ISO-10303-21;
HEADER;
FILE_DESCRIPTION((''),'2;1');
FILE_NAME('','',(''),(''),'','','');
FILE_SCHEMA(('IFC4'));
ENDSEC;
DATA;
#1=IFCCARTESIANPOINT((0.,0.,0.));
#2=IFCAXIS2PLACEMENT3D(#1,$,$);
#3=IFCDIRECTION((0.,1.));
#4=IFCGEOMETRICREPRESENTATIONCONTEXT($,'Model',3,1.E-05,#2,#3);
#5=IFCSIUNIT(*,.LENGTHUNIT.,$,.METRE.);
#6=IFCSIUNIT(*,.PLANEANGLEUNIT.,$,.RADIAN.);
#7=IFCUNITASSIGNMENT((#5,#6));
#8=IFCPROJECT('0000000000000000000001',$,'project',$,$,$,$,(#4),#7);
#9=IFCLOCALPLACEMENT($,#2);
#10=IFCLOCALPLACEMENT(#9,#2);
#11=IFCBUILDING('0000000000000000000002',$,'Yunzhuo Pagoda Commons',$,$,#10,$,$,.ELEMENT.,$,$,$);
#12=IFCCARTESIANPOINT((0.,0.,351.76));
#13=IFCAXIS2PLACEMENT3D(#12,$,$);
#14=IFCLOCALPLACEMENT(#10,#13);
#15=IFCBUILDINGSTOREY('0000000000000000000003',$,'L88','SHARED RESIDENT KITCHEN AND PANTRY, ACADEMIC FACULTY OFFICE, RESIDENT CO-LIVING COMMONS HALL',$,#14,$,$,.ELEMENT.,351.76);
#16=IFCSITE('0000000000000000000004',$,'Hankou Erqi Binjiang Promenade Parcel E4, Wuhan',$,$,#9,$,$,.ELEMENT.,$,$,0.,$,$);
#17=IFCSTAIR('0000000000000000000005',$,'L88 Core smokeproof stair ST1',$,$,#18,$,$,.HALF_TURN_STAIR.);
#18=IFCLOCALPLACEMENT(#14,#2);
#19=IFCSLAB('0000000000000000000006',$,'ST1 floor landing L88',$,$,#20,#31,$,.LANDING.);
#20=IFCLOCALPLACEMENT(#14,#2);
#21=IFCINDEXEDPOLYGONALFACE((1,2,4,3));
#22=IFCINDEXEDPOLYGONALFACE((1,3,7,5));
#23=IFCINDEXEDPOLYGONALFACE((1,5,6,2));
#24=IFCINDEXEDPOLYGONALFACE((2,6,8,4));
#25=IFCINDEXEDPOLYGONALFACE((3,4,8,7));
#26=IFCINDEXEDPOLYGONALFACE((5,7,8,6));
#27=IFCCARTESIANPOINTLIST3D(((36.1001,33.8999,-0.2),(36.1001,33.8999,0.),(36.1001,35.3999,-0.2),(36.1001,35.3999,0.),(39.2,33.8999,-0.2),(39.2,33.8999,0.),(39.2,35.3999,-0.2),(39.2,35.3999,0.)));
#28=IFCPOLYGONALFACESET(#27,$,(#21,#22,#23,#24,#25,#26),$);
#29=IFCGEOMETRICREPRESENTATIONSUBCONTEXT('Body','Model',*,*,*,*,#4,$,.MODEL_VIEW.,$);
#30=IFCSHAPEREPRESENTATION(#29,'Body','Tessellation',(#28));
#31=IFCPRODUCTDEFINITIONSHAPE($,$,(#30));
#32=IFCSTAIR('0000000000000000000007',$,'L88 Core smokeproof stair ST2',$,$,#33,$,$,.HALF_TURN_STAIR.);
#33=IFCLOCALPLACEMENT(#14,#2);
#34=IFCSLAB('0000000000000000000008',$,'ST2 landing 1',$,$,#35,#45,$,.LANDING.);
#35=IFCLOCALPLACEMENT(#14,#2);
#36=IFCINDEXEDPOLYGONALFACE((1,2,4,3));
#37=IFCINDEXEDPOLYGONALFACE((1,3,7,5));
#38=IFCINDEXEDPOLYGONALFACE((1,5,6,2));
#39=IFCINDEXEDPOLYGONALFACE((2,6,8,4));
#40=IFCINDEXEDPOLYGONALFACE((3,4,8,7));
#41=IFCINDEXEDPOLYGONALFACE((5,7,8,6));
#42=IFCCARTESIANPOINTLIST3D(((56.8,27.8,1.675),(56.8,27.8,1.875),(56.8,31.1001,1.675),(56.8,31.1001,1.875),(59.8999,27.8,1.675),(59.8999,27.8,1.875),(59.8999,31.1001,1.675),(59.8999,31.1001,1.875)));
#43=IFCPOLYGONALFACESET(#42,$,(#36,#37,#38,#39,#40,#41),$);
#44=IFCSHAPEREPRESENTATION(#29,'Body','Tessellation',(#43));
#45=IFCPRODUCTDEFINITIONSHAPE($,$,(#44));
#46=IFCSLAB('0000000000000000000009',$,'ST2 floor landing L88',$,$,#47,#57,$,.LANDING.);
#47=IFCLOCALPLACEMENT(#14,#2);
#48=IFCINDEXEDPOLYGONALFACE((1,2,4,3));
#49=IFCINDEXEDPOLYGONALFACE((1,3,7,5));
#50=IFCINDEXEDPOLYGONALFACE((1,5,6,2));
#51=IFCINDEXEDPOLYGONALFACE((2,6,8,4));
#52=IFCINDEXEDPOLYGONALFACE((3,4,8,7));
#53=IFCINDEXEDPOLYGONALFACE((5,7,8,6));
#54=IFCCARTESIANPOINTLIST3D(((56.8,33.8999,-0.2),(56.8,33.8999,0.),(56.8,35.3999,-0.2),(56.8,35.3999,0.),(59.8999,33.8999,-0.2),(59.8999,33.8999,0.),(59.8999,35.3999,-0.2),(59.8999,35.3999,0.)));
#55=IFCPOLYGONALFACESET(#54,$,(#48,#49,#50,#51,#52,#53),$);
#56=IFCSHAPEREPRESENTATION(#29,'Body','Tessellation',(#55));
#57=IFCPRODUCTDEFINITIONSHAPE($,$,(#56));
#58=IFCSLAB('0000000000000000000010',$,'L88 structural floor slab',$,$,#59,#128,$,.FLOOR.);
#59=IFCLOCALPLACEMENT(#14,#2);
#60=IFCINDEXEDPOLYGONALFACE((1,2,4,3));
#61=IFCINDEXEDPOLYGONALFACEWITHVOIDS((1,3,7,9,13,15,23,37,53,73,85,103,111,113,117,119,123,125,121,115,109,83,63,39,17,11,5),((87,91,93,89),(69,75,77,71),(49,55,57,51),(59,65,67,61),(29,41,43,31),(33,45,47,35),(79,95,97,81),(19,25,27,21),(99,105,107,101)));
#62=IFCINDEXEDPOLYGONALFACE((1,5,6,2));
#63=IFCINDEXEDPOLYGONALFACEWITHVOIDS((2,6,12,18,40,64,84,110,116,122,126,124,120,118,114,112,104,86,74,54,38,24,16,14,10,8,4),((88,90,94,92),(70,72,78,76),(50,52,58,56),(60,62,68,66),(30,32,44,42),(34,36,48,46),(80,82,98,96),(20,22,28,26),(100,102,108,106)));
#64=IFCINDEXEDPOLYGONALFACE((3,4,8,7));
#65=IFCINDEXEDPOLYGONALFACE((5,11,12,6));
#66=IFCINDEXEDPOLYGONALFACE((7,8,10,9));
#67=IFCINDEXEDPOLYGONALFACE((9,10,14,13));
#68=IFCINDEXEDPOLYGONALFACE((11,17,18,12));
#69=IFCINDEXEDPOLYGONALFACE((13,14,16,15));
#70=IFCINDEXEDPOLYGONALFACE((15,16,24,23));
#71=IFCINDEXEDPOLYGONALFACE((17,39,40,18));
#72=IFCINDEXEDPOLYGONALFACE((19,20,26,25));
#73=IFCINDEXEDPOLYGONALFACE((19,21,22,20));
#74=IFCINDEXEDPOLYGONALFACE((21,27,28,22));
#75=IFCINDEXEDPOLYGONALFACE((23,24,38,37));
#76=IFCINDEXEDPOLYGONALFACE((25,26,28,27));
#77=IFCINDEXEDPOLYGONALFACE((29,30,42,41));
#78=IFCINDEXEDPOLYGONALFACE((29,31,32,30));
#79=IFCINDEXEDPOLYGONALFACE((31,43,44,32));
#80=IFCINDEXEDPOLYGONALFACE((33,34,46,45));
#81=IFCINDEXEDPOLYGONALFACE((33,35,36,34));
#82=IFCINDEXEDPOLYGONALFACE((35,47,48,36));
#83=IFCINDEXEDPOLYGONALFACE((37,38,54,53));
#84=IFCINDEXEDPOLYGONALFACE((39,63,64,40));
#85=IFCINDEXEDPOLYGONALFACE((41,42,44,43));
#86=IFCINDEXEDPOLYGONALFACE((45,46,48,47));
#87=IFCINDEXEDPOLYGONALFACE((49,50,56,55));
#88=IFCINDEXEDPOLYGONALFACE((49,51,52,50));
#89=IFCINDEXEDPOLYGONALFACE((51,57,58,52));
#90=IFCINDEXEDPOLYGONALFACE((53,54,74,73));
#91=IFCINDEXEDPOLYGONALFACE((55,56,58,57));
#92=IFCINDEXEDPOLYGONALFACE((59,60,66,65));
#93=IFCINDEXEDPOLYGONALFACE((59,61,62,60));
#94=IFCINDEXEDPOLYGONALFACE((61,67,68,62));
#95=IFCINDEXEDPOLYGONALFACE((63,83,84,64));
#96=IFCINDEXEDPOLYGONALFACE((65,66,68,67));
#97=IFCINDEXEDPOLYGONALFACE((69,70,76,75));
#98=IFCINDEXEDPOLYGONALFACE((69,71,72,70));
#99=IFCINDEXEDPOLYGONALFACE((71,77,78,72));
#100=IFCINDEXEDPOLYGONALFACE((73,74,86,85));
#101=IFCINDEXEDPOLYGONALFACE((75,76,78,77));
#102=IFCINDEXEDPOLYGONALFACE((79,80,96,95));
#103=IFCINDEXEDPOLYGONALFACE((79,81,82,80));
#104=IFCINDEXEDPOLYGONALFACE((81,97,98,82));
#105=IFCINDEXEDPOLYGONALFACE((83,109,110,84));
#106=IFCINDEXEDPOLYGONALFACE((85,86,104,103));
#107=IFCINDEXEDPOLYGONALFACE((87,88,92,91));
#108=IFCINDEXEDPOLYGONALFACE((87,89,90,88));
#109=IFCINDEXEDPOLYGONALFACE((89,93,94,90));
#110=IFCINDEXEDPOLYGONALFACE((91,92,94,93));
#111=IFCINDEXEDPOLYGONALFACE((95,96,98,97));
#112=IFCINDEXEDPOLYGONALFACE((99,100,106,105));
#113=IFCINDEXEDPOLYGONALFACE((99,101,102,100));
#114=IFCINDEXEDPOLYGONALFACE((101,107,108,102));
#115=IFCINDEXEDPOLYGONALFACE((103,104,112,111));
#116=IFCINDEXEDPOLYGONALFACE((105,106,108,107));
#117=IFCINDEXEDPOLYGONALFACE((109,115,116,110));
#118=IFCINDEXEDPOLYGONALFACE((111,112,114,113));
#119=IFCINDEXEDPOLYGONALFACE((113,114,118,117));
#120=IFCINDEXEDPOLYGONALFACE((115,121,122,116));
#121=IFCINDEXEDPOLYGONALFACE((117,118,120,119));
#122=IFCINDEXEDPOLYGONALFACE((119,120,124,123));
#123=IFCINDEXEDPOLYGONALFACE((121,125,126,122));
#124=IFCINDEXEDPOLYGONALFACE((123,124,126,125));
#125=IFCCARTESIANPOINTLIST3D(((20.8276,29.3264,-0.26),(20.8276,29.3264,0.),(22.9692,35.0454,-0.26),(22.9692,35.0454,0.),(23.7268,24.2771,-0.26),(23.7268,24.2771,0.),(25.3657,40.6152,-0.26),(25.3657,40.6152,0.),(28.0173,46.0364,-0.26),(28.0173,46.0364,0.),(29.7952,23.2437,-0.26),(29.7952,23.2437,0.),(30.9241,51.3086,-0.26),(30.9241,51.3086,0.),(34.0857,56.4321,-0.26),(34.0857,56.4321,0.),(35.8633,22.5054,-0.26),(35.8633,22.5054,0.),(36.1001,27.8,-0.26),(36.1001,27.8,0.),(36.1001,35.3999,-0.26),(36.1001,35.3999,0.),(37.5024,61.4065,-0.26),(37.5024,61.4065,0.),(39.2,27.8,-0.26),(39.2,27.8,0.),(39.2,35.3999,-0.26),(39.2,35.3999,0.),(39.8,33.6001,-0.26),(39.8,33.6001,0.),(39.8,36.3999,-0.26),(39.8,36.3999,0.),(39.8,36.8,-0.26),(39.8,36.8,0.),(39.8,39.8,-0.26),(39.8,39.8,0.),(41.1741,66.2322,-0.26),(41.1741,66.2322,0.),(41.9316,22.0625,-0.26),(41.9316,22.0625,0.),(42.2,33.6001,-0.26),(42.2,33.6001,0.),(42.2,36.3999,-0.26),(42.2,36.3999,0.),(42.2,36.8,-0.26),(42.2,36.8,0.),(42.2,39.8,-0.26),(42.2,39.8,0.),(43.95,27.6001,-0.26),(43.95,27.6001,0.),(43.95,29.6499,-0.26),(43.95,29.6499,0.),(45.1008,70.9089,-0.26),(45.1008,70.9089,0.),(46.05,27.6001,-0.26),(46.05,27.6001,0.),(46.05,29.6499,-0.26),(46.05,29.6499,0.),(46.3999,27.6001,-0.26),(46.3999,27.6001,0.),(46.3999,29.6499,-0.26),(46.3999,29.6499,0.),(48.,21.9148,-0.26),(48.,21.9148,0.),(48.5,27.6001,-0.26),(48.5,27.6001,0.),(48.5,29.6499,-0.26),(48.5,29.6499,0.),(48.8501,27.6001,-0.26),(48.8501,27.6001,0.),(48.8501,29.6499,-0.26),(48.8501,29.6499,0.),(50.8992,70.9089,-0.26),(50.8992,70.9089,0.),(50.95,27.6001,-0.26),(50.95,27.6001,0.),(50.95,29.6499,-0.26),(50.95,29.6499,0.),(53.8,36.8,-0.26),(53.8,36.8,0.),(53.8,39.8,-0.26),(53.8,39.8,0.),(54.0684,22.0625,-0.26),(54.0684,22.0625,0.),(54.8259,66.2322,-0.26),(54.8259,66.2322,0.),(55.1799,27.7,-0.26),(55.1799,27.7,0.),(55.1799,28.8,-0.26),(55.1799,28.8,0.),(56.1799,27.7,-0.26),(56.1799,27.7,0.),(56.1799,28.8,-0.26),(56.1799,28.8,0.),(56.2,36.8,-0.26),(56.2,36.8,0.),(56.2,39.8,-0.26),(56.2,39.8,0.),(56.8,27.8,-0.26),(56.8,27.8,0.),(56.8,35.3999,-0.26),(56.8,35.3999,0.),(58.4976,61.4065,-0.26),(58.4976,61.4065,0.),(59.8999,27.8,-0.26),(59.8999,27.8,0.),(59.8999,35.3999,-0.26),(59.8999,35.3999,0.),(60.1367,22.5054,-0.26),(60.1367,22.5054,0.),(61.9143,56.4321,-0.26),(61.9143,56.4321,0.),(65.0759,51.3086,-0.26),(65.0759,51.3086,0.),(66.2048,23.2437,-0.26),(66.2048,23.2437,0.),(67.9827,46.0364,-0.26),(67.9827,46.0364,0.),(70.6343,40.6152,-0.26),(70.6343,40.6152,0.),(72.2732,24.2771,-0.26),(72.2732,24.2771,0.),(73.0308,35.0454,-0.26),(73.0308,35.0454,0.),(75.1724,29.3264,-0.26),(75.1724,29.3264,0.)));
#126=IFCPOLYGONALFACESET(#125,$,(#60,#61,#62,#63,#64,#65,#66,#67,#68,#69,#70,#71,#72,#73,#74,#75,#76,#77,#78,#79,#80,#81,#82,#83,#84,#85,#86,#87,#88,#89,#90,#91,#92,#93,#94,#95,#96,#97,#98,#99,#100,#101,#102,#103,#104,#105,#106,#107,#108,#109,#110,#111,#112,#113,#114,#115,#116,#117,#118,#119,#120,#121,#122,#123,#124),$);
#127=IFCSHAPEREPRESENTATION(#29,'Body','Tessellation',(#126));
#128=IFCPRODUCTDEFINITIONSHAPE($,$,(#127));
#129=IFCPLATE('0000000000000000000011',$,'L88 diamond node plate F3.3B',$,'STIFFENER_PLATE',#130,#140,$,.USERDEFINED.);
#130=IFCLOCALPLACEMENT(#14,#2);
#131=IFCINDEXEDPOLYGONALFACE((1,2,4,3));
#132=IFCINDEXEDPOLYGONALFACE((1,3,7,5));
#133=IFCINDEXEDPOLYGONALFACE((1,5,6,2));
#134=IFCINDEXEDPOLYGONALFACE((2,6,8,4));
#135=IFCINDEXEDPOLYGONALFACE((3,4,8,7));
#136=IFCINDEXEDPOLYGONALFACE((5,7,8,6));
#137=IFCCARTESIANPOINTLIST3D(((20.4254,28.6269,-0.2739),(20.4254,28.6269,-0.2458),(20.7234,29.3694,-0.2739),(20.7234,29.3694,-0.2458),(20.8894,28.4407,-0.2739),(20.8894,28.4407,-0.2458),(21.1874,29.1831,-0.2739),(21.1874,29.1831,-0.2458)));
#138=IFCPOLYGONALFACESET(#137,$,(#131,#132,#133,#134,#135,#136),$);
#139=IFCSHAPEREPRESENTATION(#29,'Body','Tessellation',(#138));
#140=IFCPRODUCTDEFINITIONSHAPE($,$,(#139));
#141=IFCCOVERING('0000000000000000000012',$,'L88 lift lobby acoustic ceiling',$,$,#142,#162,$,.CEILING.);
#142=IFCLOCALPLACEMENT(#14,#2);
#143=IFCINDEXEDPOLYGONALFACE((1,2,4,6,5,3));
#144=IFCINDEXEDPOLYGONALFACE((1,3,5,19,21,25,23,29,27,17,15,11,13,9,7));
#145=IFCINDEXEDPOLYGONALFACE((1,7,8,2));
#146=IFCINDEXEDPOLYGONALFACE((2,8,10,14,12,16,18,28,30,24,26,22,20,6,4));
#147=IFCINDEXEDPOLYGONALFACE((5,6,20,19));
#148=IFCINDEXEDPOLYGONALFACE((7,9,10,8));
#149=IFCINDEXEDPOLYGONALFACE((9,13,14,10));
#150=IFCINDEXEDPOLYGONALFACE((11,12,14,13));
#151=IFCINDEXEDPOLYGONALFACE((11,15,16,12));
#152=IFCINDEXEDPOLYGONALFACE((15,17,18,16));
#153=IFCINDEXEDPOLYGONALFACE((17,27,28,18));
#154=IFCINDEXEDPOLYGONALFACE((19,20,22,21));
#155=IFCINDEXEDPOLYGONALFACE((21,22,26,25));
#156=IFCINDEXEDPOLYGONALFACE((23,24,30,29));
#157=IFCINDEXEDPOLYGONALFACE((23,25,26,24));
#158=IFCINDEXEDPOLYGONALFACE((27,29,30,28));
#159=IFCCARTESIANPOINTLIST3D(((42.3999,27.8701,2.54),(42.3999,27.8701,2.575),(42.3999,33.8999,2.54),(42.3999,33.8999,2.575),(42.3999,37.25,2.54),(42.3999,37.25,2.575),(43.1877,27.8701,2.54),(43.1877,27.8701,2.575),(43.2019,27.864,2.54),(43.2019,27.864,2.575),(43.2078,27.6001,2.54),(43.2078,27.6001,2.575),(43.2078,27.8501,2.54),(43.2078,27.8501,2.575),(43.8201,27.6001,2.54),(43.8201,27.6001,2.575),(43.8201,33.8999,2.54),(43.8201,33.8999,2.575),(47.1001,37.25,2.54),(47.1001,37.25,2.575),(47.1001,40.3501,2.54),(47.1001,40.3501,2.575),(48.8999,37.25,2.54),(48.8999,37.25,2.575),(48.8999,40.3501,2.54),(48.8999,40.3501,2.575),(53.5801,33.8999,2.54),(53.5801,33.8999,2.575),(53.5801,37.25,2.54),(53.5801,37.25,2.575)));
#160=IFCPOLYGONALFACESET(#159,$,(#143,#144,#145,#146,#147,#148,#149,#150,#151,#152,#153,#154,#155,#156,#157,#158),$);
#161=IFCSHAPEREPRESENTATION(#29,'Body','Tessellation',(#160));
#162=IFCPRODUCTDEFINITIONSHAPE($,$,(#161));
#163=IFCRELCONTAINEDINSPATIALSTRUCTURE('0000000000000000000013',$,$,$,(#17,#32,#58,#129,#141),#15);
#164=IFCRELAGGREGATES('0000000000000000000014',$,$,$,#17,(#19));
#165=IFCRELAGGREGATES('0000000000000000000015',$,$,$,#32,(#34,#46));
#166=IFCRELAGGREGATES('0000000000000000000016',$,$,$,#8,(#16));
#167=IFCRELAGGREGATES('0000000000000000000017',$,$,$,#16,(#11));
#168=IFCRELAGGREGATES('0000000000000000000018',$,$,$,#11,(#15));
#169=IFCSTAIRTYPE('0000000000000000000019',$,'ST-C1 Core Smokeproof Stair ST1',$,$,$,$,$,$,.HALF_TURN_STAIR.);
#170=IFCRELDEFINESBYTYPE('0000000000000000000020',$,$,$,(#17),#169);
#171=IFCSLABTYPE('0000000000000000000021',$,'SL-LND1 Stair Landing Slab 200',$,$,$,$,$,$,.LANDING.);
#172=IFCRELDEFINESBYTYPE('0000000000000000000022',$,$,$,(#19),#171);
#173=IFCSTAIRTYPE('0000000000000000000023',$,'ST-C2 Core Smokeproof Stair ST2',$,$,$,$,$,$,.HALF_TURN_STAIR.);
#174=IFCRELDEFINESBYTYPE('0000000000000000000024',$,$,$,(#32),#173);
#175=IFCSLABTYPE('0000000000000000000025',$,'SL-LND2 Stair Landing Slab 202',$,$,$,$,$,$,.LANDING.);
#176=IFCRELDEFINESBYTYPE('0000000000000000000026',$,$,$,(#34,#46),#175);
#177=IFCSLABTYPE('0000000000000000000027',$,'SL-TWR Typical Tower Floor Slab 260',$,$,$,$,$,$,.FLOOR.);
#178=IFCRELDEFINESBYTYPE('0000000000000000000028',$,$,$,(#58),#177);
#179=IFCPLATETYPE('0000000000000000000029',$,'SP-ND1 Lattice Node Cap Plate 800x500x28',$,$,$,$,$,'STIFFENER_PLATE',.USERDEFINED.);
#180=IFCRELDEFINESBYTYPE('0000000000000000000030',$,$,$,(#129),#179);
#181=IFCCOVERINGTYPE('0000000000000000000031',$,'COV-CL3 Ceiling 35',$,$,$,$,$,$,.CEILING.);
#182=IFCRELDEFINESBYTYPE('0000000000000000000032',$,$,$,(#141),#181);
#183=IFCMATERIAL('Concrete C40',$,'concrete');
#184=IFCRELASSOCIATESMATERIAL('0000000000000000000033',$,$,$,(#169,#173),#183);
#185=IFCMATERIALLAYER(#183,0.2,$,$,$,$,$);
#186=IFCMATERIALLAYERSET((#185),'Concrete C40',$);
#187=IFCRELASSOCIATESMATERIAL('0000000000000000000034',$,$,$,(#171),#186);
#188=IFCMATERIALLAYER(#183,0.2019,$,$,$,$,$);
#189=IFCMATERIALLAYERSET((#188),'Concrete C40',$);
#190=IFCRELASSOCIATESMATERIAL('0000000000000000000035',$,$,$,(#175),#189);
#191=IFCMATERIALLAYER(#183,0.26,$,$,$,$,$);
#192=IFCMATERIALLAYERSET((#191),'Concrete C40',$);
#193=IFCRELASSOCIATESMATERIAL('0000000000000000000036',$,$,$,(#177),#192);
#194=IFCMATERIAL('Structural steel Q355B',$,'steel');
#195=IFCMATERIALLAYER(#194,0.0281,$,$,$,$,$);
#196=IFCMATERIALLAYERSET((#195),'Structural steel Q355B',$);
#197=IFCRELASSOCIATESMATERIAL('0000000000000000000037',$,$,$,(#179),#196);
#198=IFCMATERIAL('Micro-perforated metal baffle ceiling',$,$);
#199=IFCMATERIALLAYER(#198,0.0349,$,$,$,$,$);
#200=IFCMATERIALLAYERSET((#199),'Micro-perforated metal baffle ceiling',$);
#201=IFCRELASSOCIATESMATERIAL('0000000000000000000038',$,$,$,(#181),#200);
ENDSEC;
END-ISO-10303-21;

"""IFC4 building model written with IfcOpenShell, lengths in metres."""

from ifc_helpers import new_model, si_unit, direction, frame, origin, origin_2d, place, context, subcontext, project, spatial, polyline, rectangle, outline, extrude, source, transform, mapped, material, layer, layer_set, type_object, element, aggregate, save


model = new_model("IFC4")

# Units and contexts
model_context = context("Model", 3, precision=1e-05, world=origin(), true_north=direction((0.0, 1.0)))
body_context = subcontext(model_context, "Body", "Model", "MODEL_VIEW")
ifc_project = project(units=[si_unit("LENGTHUNIT", "METRE"), si_unit("PLANEANGLEUNIT", "RADIAN")], contexts=[model_context])

# Site, building, storey
site_placement = place(None, origin())
site = spatial("IfcSite", under=ifc_project, at=site_placement, Name="Hankou Erqi Binjiang Promenade Parcel E4, Wuhan", CompositionType="ELEMENT", RefElevation=0.0)
building_placement = place(site_placement, origin())
building = spatial("IfcBuilding", under=site, at=building_placement, Name="Yunzhuo Pagoda Commons", CompositionType="ELEMENT")
storey_placement = place(building_placement, frame((0.0, 0.0, 351.76)))
storey = spatial("IfcBuildingStorey", under=building, at=storey_placement, Name="L88", Description="SHARED RESIDENT KITCHEN AND PANTRY, ACADEMIC FACULTY OFFICE, RESIDENT CO-LIVING COMMONS HALL", CompositionType="ELEMENT", Elevation=351.76)

# Shared definitions
ifc_material_1 = material(Name="Structural steel Q355B", Category="steel")

# Shared definitions
ifc_material_2 = material(Name="Concrete C40", Category="concrete")

# Stairs, slabs
stair_type_1 = type_object("IfcStairType", Name="ST-C1 Core Smokeproof Stair ST1", PredefinedType="HALF_TURN_STAIR", material=ifc_material_2)
stair_1_placement = place(storey_placement, origin())
stair_1 = element("IfcStair", 1, at=stair_1_placement, inside=storey, type_object=stair_type_1, Name="L88 Core smokeproof stair ST1", PredefinedType="HALF_TURN_STAIR")
ifc_layer_1 = layer(ifc_material_2, 0.2)
ifc_layer_set_1 = layer_set([ifc_layer_1], Name="Concrete C40")
slab_type_1 = type_object("IfcSlabType", Name="SL-LND1 Stair Landing Slab 200", PredefinedType="LANDING", material=ifc_layer_set_1)
slab_1_placement = place(storey_placement, frame((0.0, 0.0, -0.2)))
slab_1 = element("IfcSlab", 2, at=slab_1_placement, type_object=slab_type_1, Name="ST1 floor landing L88", PredefinedType="LANDING", context=body_context, shape_type="SweptSolid", body=[
    extrude(outline(polyline([(36.1001, 35.3999), (36.1001, 33.8999), (39.2, 33.8999), (39.2, 35.3999), (36.1001, 35.3999)])), origin(), (0.0, 0.0, 1.0), 0.2),
])
aggregate(stair_1, [slab_1])
stair_type_2 = type_object("IfcStairType", Name="ST-C2 Core Smokeproof Stair ST2", PredefinedType="HALF_TURN_STAIR", material=ifc_material_2)
stair_2_placement = place(storey_placement, origin())
stair_2 = element("IfcStair", 3, at=stair_2_placement, inside=storey, type_object=stair_type_2, Name="L88 Core smokeproof stair ST2", PredefinedType="HALF_TURN_STAIR")
ifc_layer_2 = layer(ifc_material_2, 0.2019)
ifc_layer_set_2 = layer_set([ifc_layer_2], Name="Concrete C40")
slab_type_2 = type_object("IfcSlabType", Name="SL-LND2 Stair Landing Slab 202", PredefinedType="LANDING", material=ifc_layer_set_2)
slab_2_placement = place(storey_placement, frame((0.0, 0.0, 1.675)))
slab_2 = element("IfcSlab", 4, at=slab_2_placement, type_object=slab_type_2, Name="ST2 landing 1", PredefinedType="LANDING", context=body_context, shape_type="SweptSolid", body=[
    extrude(outline(polyline([(56.8, 31.1001), (56.8, 27.8), (59.8999, 27.8), (59.8999, 31.1001), (56.8, 31.1001)])), origin(), (0.0, 0.0, 1.0), 0.2),
])
slab_3_placement = place(storey_placement, frame((0.0, 0.0, -0.2)))
slab_3 = element("IfcSlab", 5, at=slab_3_placement, type_object=slab_type_2, Name="ST2 floor landing L88", PredefinedType="LANDING", context=body_context, shape_type="SweptSolid", body=[
    extrude(outline(polyline([(56.8, 35.3999), (56.8, 33.8999), (59.8999, 33.8999), (59.8999, 35.3999), (56.8, 35.3999)])), origin(), (0.0, 0.0, 1.0), 0.2),
])
aggregate(stair_2, [slab_2, slab_3])

# Slab
ifc_layer_3 = layer(ifc_material_2, 0.26)
ifc_layer_set_3 = layer_set([ifc_layer_3], Name="Concrete C40")
slab_type_3 = type_object("IfcSlabType", Name="SL-TWR Typical Tower Floor Slab 260", PredefinedType="FLOOR", material=ifc_layer_set_3)
slab_4_placement = place(storey_placement, frame((0.0, 0.0, -0.26)))
element("IfcSlab", 6, at=slab_4_placement, inside=storey, type_object=slab_type_3, Name="L88 structural floor slab", PredefinedType="FLOOR", context=body_context, shape_type="SweptSolid", body=[
    extrude(outline(polyline([(22.9692, 35.0454), (25.3657, 40.6152), (28.0173, 46.0364), (30.9241, 51.3086), (34.0857, 56.4321), (37.5024, 61.4065), (41.1741, 66.2322), (45.1008, 70.9089), (50.8992, 70.9089), (54.8259, 66.2322), (58.4976, 61.4065), (61.9143, 56.4321), (65.0759, 51.3086), (67.9827, 46.0364), (70.6343, 40.6152), (73.0308, 35.0454), (75.1724, 29.3264), (72.2732, 24.2771), (66.2048, 23.2437), (60.1367, 22.5054), (54.0684, 22.0625), (48.0, 21.9148), (41.9316, 22.0625), (35.8633, 22.5054), (29.7952, 23.2437), (23.7268, 24.2771), (20.8276, 29.3264), (22.9692, 35.0454)]), holes=[polyline([(56.1799, 28.8), (55.1799, 28.8), (55.1799, 27.7), (56.1799, 27.7), (56.1799, 28.8)]), polyline([(46.05, 29.6499), (43.95, 29.6499), (43.95, 27.6001), (46.05, 27.6001), (46.05, 29.6499)]), polyline([(48.5, 29.6499), (46.3999, 29.6499), (46.3999, 27.6001), (48.5, 27.6001), (48.5, 29.6499)]), polyline([(50.95, 29.6499), (48.8501, 29.6499), (48.8501, 27.6001), (50.95, 27.6001), (50.95, 29.6499)]), polyline([(39.2, 27.8), (39.2, 35.3999), (36.1001, 35.3999), (36.1001, 27.8), (39.2, 27.8)]), polyline([(59.8999, 27.8), (59.8999, 35.3999), (56.8, 35.3999), (56.8, 27.8), (59.8999, 27.8)]), polyline([(42.2, 36.3999), (39.8, 36.3999), (39.8, 33.6001), (42.2, 33.6001), (42.2, 36.3999)]), polyline([(42.2, 36.8), (42.2, 39.8), (39.8, 39.8), (39.8, 36.8), (42.2, 36.8)]), polyline([(56.2, 36.8), (56.2, 39.8), (53.8, 39.8), (53.8, 36.8), (56.2, 36.8)])]), origin(), (0.0, 0.0, 1.0), 0.26),
])

# Plate
ifc_layer_4 = layer(ifc_material_1, 0.0281)
ifc_layer_set_4 = layer_set([ifc_layer_4], Name="Structural steel Q355B")
plate_type_1 = type_object("IfcPlateType", Name="SP-ND1 Lattice Node Cap Plate 800x500x28", ElementType="STIFFENER_PLATE", PredefinedType="USERDEFINED", material=ifc_layer_set_4)
shared_shape_1 = source(origin(), body_context, "Body", "SweptSolid", [
    extrude(rectangle(XDim=0.8, YDim=0.5, at=origin_2d()), origin(), (0.0, 0.0, 1.0), 0.0281),
])
plate_1_placement = place(storey_placement, frame((20.8064, 28.905, -0.2739), z_axis=(0.0, 0.0, 1.0), x_axis=(-0.372486, -0.928038, 0.0)))
element("IfcPlate", 7, at=plate_1_placement, inside=storey, type_object=plate_type_1, Name="L88 diamond node plate F3.3B", ObjectType="STIFFENER_PLATE", PredefinedType="USERDEFINED", context=body_context, shape_type="MappedRepresentation", body=[
    mapped(shared_shape_1, transform((0.0, 0.0, 0.0), scale=1.0)),
])

# Covering
ifc_material_3 = material(Name="Micro-perforated metal baffle ceiling")
ifc_layer_5 = layer(ifc_material_3, 0.0349)
ifc_layer_set_5 = layer_set([ifc_layer_5], Name="Micro-perforated metal baffle ceiling")
covering_type_1 = type_object("IfcCoveringType", Name="COV-CL3 Ceiling 35", PredefinedType="CEILING", material=ifc_layer_set_5)
covering_1_placement = place(storey_placement, frame((0.0, 0.0, 2.54)))
element("IfcCovering", 8, at=covering_1_placement, inside=storey, type_object=covering_type_1, Name="L88 lift lobby acoustic ceiling", PredefinedType="CEILING", context=body_context, shape_type="SweptSolid", body=[
    extrude(outline(polyline([(43.2078, 27.8501), (43.2019, 27.864), (43.1877, 27.8701), (42.3999, 27.8701), (42.3999, 33.8999), (42.3999, 37.25), (47.1001, 37.25), (47.1001, 40.3501), (48.8999, 40.3501), (48.8999, 37.25), (53.5801, 37.25), (53.5801, 33.8999), (43.8201, 33.8999), (43.8201, 27.6001), (43.2078, 27.6001), (43.2078, 27.8501)])), origin(), (0.0, 0.0, 1.0), 0.0349),
])

save(model, "model.ifc")
